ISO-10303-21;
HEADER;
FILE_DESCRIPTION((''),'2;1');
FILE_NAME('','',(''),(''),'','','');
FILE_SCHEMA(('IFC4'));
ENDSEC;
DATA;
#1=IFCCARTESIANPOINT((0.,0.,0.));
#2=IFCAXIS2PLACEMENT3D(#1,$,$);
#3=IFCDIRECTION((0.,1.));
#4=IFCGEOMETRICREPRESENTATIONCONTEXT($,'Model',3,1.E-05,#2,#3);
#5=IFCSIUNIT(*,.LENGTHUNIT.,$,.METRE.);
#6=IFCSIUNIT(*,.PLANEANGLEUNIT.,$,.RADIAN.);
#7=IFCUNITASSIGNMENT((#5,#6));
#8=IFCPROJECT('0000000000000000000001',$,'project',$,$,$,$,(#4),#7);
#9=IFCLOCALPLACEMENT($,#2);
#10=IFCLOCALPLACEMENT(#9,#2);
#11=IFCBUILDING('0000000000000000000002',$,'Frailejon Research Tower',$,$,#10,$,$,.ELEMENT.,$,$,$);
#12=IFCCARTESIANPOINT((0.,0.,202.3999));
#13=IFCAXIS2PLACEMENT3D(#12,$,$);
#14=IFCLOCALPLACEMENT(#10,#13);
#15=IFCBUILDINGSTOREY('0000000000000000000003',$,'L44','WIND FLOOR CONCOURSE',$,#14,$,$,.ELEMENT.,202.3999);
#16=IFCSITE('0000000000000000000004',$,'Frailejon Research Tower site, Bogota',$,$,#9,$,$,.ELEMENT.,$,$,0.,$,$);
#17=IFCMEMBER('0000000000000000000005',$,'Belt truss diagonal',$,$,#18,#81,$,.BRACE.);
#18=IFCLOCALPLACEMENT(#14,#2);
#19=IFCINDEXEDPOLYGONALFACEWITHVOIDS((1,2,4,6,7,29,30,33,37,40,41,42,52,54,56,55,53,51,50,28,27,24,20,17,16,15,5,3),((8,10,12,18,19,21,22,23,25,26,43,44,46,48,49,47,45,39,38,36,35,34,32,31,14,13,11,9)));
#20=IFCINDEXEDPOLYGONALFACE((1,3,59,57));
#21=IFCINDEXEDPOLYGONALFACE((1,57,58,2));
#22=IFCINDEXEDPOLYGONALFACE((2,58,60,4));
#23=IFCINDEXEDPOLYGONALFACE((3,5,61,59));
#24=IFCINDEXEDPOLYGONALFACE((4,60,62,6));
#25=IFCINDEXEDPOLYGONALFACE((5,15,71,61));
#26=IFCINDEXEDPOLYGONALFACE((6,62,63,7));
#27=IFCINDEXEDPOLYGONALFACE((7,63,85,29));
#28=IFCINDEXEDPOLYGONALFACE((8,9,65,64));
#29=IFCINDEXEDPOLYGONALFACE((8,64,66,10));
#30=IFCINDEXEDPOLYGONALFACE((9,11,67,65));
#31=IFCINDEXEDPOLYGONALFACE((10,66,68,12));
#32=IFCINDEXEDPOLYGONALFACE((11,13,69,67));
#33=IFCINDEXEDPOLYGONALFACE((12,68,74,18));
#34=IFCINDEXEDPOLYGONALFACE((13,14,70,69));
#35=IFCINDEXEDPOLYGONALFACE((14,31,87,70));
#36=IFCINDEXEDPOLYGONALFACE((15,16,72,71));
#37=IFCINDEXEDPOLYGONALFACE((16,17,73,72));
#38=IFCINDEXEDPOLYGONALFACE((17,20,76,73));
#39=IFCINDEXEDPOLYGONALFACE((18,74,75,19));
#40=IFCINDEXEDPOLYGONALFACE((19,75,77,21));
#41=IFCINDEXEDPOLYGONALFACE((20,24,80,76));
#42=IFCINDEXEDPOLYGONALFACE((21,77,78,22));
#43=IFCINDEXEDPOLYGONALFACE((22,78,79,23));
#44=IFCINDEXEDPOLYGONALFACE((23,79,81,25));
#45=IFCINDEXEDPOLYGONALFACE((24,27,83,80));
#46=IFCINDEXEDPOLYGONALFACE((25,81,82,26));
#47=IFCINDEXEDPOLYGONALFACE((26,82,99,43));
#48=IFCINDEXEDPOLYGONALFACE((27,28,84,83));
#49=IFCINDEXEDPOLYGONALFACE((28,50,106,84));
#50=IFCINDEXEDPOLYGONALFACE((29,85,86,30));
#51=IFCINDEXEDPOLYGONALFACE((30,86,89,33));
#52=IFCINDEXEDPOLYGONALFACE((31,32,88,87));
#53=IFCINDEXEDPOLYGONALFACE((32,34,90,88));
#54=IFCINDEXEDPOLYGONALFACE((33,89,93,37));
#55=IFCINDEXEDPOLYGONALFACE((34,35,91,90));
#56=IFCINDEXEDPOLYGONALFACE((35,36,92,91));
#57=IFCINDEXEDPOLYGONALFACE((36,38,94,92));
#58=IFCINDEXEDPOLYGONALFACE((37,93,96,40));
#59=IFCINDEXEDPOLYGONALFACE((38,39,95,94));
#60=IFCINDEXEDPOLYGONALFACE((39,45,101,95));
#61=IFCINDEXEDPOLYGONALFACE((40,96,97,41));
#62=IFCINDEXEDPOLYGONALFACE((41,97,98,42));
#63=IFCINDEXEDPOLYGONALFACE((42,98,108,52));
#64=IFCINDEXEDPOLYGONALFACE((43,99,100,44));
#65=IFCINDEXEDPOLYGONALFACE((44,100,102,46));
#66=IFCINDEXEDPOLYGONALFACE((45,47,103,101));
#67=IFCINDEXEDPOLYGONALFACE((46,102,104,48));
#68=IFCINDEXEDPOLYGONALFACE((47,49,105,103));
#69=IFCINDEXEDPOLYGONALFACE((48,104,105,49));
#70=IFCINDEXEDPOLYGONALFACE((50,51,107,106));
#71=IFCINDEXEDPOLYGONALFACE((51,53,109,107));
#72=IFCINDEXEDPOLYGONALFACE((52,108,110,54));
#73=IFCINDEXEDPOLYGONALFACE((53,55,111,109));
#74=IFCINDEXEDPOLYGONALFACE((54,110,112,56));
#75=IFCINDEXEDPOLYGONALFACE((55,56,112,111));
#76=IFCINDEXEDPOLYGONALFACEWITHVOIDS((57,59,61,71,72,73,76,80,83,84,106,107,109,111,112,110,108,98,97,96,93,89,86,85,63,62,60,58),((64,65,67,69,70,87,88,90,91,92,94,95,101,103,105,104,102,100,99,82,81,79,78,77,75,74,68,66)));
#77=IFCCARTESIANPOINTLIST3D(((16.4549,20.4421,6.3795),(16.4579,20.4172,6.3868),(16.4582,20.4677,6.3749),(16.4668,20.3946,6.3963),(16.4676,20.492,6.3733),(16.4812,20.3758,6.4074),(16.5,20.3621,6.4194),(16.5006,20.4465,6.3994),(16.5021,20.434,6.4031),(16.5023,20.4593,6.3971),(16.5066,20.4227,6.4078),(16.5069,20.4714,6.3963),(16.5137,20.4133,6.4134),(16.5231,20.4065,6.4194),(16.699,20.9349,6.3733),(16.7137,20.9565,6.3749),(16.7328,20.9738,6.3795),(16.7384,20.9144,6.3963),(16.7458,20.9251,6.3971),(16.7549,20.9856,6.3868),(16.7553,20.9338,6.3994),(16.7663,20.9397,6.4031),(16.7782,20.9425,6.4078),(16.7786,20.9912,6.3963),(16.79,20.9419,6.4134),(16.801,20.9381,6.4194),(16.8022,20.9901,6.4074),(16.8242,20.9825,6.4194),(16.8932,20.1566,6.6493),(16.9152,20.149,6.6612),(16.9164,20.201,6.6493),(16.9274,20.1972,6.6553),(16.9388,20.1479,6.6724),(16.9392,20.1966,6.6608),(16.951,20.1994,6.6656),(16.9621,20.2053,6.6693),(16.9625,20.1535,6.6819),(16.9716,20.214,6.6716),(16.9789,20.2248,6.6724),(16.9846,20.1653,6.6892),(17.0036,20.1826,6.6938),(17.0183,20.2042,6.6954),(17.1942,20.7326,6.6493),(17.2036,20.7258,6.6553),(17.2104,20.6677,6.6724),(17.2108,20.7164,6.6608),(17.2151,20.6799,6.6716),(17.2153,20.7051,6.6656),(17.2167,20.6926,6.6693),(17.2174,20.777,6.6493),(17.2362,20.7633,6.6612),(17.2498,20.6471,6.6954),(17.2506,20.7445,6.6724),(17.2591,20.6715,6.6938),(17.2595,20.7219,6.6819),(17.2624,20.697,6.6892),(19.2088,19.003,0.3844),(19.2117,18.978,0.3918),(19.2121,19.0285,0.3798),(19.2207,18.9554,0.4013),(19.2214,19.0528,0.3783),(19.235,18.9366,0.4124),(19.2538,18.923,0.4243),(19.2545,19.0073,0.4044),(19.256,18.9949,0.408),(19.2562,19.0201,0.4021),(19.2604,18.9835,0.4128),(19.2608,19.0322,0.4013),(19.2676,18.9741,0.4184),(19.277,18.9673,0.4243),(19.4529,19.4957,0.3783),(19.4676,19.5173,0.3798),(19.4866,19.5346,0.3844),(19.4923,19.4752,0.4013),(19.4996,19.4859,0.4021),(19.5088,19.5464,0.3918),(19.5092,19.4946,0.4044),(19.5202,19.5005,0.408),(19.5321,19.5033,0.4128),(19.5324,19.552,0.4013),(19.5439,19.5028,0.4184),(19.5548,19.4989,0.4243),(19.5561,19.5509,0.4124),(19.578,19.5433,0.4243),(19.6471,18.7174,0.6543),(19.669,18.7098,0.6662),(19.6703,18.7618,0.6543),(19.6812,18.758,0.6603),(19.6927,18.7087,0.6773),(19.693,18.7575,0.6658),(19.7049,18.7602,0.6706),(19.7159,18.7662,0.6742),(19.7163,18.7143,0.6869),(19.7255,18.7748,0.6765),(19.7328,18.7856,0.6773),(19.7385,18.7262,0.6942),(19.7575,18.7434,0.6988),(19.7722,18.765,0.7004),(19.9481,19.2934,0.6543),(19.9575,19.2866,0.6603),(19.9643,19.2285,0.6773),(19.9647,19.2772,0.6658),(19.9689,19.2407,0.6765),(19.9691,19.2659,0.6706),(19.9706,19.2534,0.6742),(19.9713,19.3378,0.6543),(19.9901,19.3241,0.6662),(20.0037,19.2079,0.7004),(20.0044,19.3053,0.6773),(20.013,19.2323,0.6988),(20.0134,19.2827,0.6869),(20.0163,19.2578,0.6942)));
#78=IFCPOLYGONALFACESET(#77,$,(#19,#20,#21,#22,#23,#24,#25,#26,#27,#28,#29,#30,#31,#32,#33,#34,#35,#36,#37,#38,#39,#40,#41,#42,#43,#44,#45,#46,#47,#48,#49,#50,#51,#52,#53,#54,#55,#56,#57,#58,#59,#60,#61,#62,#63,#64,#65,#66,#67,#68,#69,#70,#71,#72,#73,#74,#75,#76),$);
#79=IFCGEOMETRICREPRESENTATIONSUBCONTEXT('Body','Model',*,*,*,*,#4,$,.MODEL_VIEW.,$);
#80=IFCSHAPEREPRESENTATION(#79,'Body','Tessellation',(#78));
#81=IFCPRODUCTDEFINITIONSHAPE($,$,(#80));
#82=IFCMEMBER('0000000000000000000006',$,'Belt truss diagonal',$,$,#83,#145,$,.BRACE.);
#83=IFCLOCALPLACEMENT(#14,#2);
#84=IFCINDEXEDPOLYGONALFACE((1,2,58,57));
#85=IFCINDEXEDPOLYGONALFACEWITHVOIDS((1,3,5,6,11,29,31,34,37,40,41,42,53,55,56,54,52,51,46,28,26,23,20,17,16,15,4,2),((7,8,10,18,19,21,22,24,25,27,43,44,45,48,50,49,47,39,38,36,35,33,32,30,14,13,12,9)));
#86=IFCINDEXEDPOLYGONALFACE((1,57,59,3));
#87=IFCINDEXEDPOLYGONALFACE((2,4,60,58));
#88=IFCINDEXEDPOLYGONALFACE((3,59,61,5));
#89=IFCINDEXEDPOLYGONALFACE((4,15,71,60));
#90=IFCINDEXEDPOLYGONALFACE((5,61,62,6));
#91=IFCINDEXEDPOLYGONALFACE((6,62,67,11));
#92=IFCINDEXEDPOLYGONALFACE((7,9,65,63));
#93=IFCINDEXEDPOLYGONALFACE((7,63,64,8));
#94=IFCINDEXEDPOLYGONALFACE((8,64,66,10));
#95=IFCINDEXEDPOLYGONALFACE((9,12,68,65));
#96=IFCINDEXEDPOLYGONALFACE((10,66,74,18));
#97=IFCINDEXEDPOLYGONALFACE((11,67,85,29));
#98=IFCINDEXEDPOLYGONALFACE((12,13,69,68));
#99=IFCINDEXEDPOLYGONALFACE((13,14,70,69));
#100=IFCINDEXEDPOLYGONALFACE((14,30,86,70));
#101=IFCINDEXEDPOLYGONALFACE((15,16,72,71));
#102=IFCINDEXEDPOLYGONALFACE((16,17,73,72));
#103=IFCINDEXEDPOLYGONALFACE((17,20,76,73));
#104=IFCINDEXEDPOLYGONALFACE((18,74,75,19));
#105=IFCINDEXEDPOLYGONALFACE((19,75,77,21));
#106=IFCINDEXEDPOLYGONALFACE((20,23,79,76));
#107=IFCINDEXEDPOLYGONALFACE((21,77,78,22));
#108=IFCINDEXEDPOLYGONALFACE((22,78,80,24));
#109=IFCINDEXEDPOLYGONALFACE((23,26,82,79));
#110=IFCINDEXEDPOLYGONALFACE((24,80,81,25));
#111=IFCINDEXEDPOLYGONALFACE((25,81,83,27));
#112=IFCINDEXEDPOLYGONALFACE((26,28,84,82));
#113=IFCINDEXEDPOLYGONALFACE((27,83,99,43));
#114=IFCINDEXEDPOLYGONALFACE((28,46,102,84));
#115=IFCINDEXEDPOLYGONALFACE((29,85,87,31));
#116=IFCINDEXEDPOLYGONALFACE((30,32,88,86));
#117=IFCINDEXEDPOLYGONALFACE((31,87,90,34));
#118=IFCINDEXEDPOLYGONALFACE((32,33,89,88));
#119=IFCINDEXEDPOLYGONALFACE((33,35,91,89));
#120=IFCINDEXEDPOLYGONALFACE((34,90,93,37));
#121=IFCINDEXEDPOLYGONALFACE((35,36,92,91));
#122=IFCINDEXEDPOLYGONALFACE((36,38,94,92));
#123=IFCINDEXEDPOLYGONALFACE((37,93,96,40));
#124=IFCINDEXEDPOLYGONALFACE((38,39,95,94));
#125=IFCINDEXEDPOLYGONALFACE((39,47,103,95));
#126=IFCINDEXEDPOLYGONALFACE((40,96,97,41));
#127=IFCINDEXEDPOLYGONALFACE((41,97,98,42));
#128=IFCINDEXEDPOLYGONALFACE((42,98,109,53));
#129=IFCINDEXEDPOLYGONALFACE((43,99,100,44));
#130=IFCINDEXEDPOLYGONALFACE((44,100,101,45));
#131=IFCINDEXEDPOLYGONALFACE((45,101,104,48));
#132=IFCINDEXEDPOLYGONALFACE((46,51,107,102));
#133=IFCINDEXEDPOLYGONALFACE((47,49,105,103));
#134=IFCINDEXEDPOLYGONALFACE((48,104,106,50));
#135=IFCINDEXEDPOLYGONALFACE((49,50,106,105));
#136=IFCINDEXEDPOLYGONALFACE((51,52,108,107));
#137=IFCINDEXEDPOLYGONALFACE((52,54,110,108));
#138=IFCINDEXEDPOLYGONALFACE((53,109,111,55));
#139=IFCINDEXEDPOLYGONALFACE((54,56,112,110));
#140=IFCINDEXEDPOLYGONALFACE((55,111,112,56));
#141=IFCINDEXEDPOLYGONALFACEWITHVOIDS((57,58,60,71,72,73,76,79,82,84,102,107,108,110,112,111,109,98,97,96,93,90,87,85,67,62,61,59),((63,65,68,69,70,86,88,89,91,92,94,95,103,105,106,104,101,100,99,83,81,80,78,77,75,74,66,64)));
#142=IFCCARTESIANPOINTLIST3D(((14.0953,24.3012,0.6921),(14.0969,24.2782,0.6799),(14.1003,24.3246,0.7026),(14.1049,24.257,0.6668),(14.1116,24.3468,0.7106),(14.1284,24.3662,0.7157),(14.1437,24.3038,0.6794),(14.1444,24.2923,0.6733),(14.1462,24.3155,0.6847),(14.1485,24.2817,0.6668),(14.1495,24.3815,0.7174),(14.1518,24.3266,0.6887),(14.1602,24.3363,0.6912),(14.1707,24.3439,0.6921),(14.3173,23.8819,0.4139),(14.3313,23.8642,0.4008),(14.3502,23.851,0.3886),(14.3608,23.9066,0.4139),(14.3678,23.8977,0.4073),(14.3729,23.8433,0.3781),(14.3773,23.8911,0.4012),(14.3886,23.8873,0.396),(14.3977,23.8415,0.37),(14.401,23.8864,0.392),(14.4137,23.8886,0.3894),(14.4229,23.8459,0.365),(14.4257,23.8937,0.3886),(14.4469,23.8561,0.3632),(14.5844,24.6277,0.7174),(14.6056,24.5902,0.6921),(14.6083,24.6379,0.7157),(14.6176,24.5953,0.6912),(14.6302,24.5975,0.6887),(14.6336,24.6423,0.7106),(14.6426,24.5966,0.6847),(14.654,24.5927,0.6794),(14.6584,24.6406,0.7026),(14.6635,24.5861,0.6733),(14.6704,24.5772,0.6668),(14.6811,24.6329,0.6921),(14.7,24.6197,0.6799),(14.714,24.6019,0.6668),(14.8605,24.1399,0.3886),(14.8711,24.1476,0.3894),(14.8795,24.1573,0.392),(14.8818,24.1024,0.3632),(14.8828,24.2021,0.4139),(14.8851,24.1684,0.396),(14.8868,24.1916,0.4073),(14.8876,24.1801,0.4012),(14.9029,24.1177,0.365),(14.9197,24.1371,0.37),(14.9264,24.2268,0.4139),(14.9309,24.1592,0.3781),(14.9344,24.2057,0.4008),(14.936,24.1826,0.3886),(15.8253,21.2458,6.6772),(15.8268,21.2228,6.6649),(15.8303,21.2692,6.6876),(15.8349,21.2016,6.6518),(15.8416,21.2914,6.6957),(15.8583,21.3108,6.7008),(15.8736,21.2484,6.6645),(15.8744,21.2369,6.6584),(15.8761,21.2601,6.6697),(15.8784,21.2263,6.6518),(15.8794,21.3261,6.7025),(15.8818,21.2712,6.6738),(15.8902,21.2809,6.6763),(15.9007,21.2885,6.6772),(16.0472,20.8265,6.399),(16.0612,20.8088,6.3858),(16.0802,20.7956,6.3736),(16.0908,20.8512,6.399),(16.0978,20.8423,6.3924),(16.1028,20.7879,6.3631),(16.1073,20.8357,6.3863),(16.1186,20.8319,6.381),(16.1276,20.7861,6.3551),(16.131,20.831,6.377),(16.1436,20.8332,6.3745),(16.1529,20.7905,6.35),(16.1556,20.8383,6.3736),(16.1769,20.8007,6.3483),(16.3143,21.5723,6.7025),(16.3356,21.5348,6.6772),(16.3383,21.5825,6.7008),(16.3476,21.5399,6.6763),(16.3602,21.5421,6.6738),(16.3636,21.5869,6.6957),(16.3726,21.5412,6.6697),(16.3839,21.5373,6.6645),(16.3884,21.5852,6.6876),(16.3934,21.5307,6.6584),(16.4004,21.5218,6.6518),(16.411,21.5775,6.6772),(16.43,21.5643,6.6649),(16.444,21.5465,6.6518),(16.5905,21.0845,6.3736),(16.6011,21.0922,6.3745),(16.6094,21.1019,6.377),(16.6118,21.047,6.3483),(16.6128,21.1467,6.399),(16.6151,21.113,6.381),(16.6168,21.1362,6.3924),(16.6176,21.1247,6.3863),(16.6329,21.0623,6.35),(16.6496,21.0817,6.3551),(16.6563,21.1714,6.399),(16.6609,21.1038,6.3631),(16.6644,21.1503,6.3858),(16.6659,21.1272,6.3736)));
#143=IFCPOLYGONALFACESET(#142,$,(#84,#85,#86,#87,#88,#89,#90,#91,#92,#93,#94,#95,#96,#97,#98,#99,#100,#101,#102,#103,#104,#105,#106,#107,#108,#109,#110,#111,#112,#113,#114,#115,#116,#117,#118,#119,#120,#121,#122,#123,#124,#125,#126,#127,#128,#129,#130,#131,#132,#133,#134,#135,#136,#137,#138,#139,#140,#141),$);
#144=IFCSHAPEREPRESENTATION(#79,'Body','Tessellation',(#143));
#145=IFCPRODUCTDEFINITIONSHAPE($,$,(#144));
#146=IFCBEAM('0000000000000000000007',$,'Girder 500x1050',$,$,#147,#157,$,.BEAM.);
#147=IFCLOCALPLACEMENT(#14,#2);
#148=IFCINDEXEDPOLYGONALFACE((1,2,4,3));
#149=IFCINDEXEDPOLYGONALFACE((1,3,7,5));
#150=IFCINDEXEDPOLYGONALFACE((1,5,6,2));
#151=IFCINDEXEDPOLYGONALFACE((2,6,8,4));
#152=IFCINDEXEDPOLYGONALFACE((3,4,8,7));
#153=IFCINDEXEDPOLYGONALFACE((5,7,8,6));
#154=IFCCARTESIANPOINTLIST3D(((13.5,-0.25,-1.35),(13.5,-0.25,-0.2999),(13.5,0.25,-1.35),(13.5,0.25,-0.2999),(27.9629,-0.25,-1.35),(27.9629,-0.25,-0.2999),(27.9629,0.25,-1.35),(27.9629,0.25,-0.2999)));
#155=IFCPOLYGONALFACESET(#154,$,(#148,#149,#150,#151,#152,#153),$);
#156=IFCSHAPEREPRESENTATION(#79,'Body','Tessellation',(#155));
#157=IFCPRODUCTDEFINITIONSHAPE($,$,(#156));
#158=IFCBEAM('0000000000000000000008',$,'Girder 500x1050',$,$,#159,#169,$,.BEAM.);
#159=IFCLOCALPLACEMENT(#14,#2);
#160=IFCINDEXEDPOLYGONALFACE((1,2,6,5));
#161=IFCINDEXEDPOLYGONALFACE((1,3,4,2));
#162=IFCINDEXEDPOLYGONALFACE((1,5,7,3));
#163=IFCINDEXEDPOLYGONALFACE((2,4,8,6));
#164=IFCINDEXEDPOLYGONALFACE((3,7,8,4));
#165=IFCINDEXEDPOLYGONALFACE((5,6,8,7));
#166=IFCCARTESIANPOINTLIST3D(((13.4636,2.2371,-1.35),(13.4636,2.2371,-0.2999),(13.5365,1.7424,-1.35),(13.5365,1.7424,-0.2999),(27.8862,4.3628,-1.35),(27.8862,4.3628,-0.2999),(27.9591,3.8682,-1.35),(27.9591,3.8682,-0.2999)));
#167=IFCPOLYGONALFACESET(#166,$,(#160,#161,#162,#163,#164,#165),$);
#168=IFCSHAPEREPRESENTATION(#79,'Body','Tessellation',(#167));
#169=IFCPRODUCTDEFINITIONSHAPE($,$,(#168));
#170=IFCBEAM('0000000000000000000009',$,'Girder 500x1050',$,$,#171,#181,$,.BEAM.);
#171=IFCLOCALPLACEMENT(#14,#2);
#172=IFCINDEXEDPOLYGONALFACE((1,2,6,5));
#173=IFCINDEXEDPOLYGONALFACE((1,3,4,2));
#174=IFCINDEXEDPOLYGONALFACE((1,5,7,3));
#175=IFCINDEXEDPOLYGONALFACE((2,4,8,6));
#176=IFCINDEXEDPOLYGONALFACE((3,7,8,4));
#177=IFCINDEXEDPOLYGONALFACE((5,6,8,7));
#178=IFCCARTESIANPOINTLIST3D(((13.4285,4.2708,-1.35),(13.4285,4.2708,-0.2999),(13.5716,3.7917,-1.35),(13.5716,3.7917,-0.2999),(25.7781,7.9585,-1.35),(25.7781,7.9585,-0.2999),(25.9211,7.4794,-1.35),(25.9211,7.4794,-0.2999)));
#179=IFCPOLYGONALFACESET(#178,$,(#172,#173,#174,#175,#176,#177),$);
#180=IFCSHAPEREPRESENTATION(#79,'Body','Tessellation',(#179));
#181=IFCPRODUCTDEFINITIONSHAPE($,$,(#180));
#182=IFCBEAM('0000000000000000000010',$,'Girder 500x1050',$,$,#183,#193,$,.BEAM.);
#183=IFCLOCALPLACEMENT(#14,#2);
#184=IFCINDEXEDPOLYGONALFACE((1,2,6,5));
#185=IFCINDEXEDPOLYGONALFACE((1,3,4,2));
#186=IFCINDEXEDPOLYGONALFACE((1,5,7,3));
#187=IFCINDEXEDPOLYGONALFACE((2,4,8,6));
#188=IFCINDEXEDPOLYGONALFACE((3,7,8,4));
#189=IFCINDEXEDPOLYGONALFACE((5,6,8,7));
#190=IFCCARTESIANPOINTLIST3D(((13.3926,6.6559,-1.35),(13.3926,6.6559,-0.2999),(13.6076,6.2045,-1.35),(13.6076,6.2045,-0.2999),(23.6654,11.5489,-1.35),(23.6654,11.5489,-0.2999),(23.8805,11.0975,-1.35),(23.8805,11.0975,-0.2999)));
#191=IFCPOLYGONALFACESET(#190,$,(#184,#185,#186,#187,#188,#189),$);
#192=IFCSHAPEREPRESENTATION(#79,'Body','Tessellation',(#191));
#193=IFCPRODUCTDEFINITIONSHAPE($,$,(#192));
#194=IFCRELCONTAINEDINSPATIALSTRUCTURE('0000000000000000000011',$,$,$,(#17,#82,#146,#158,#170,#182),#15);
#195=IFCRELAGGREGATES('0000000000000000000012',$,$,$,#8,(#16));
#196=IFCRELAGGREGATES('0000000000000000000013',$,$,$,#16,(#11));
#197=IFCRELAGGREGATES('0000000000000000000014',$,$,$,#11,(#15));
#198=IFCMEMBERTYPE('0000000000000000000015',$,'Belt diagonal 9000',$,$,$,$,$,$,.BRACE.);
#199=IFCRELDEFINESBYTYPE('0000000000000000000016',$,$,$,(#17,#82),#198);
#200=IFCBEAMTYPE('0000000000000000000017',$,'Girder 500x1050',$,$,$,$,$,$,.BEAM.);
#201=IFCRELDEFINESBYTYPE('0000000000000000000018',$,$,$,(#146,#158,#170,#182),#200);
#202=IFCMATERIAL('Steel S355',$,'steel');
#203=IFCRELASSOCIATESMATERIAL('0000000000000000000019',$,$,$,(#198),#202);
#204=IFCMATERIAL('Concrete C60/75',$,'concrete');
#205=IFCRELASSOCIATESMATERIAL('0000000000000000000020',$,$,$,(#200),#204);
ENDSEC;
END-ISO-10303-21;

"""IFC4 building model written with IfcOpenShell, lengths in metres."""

from ifc_helpers import new_model, si_unit, direction, frame, origin, origin_2d, place, context, subcontext, project, spatial, rectangle, hollow_rectangle, extrude, material, material_profile, profile_set, type_object, element, save


model = new_model("IFC4")

# Units and contexts
model_context = context("Model", 3, precision=1e-05, world=origin(), true_north=direction((0.0, 1.0)))
body_context = subcontext(model_context, "Body", "Model", "MODEL_VIEW")
ifc_project = project(units=[si_unit("LENGTHUNIT", "METRE"), si_unit("PLANEANGLEUNIT", "RADIAN")], contexts=[model_context])

# Site, building, storey
site_placement = place(None, origin())
site = spatial("IfcSite", under=ifc_project, at=site_placement, Name="Frailejon Research Tower site, Bogota", CompositionType="ELEMENT", RefElevation=0.0)
building_placement = place(site_placement, origin())
building = spatial("IfcBuilding", under=site, at=building_placement, Name="Frailejon Research Tower", CompositionType="ELEMENT")
storey_placement = place(building_placement, frame((0.0, 0.0, 202.3999)))
storey = spatial("IfcBuildingStorey", under=building, at=storey_placement, Name="L44", Description="WIND FLOOR CONCOURSE", CompositionType="ELEMENT", Elevation=202.3999)

# Members
ifc_material_1 = material(Name="Steel S355", Category="steel")
ifc_material_profile_1 = material_profile(ifc_material_1, hollow_rectangle(XDim=0.7, YDim=0.7, WallThickness=0.05, InnerFilletRadius=0.05, OuterFilletRadius=0.1001, at=origin_2d()), Name="Belt diagonal 9000")
ifc_profile_set_1 = profile_set([ifc_material_profile_1], Name="Steel S355")
member_type = type_object("IfcMemberType", Name="Belt diagonal 9000", PredefinedType="BRACE", material=ifc_profile_set_1)
member_1_placement = place(storey_placement, frame((19.6125, 19.1304, 0.5393), z_axis=(-0.407833, 0.213136, 0.887832), x_axis=(-0.46317, -0.886269, 0.0)))
element("IfcMember", 1, at=member_1_placement, inside=storey, type_object=member_type, Name="Belt truss diagonal", PredefinedType="BRACE", context=body_context, shape_type="SweptSolid", body=[
    extrude(hollow_rectangle(XDim=0.7, YDim=0.7, WallThickness=0.05, InnerFilletRadius=0.05, OuterFilletRadius=0.1001, at=origin_2d()), origin(), (0.0, 0.0, 1.0), 6.7524),
])
member_2_placement = place(storey_placement, frame((16.2456, 21.1865, 6.5254), z_axis=(-0.249312, 0.440325, -0.86253), x_axis=(-0.870196, -0.492706, 0.0)))
element("IfcMember", 2, at=member_2_placement, inside=storey, type_object=member_type, Name="Belt truss diagonal", PredefinedType="BRACE", context=body_context, shape_type="SweptSolid", body=[
    extrude(hollow_rectangle(XDim=0.7, YDim=0.7, WallThickness=0.05, InnerFilletRadius=0.05, OuterFilletRadius=0.1001, at=origin_2d()), origin(), (0.0, 0.0, 1.0), 6.939),
])

# Beams
ifc_material_2 = material(Name="Concrete C60/75", Category="concrete")
ifc_material_profile_2 = material_profile(ifc_material_2, rectangle(XDim=0.5, YDim=1.05, at=origin_2d()), Name="Girder 500x1050")
ifc_profile_set_2 = profile_set([ifc_material_profile_2], Name="Concrete C60/75")
beam_type_1 = type_object("IfcBeamType", Name="Girder 500x1050", PredefinedType="BEAM", material=ifc_profile_set_2)
beam_1_placement = place(storey_placement, frame((27.9629, 0.0, -0.825), z_axis=(-1.0, 0.0, 0.0), x_axis=(0.0, -1.0, 0.0)))
element("IfcBeam", 3, at=beam_1_placement, inside=storey, type_object=beam_type_1, Name="Girder 500x1050", PredefinedType="BEAM", context=body_context, shape_type="SweptSolid", body=[
    extrude(rectangle(XDim=0.5, YDim=1.05, at=origin_2d()), origin(), (0.0, 0.0, 1.0), 14.4629),
])
beam_2_placement = place(storey_placement, frame((27.9226, 4.1155, -0.825), z_axis=(-0.989312, -0.145814, 0.0), x_axis=(0.145814, -0.989312, 0.0)))
element("IfcBeam", 4, at=beam_2_placement, inside=storey, type_object=beam_type_1, Name="Girder 500x1050", PredefinedType="BEAM", context=body_context, shape_type="SweptSolid", body=[
    extrude(rectangle(XDim=0.5, YDim=1.05, at=origin_2d()), origin(), (0.0, 0.0, 1.0), 14.5784),
])
beam_3_placement = place(storey_placement, frame((25.8496, 7.719, -0.825), z_axis=(-0.958191, -0.286128, 0.0), x_axis=(0.286128, -0.958191, 0.0)))
element("IfcBeam", 5, at=beam_3_placement, inside=storey, type_object=beam_type_1, Name="Girder 500x1050", PredefinedType="BEAM", context=body_context, shape_type="SweptSolid", body=[
    extrude(rectangle(XDim=0.5, YDim=1.05, at=origin_2d()), origin(), (0.0, 0.0, 1.0), 12.8884),
])
beam_4_placement = place(storey_placement, frame((23.7729, 11.3232, -0.825), z_axis=(-0.90282, -0.430019, 0.0), x_axis=(0.430019, -0.90282, 0.0)))
element("IfcBeam", 6, at=beam_4_placement, inside=storey, type_object=beam_type_1, Name="Girder 500x1050", PredefinedType="BEAM", context=body_context, shape_type="SweptSolid", body=[
    extrude(rectangle(XDim=0.5, YDim=1.05, at=origin_2d()), origin(), (0.0, 0.0, 1.0), 11.3787),
])

save(model, "model.ifc")
